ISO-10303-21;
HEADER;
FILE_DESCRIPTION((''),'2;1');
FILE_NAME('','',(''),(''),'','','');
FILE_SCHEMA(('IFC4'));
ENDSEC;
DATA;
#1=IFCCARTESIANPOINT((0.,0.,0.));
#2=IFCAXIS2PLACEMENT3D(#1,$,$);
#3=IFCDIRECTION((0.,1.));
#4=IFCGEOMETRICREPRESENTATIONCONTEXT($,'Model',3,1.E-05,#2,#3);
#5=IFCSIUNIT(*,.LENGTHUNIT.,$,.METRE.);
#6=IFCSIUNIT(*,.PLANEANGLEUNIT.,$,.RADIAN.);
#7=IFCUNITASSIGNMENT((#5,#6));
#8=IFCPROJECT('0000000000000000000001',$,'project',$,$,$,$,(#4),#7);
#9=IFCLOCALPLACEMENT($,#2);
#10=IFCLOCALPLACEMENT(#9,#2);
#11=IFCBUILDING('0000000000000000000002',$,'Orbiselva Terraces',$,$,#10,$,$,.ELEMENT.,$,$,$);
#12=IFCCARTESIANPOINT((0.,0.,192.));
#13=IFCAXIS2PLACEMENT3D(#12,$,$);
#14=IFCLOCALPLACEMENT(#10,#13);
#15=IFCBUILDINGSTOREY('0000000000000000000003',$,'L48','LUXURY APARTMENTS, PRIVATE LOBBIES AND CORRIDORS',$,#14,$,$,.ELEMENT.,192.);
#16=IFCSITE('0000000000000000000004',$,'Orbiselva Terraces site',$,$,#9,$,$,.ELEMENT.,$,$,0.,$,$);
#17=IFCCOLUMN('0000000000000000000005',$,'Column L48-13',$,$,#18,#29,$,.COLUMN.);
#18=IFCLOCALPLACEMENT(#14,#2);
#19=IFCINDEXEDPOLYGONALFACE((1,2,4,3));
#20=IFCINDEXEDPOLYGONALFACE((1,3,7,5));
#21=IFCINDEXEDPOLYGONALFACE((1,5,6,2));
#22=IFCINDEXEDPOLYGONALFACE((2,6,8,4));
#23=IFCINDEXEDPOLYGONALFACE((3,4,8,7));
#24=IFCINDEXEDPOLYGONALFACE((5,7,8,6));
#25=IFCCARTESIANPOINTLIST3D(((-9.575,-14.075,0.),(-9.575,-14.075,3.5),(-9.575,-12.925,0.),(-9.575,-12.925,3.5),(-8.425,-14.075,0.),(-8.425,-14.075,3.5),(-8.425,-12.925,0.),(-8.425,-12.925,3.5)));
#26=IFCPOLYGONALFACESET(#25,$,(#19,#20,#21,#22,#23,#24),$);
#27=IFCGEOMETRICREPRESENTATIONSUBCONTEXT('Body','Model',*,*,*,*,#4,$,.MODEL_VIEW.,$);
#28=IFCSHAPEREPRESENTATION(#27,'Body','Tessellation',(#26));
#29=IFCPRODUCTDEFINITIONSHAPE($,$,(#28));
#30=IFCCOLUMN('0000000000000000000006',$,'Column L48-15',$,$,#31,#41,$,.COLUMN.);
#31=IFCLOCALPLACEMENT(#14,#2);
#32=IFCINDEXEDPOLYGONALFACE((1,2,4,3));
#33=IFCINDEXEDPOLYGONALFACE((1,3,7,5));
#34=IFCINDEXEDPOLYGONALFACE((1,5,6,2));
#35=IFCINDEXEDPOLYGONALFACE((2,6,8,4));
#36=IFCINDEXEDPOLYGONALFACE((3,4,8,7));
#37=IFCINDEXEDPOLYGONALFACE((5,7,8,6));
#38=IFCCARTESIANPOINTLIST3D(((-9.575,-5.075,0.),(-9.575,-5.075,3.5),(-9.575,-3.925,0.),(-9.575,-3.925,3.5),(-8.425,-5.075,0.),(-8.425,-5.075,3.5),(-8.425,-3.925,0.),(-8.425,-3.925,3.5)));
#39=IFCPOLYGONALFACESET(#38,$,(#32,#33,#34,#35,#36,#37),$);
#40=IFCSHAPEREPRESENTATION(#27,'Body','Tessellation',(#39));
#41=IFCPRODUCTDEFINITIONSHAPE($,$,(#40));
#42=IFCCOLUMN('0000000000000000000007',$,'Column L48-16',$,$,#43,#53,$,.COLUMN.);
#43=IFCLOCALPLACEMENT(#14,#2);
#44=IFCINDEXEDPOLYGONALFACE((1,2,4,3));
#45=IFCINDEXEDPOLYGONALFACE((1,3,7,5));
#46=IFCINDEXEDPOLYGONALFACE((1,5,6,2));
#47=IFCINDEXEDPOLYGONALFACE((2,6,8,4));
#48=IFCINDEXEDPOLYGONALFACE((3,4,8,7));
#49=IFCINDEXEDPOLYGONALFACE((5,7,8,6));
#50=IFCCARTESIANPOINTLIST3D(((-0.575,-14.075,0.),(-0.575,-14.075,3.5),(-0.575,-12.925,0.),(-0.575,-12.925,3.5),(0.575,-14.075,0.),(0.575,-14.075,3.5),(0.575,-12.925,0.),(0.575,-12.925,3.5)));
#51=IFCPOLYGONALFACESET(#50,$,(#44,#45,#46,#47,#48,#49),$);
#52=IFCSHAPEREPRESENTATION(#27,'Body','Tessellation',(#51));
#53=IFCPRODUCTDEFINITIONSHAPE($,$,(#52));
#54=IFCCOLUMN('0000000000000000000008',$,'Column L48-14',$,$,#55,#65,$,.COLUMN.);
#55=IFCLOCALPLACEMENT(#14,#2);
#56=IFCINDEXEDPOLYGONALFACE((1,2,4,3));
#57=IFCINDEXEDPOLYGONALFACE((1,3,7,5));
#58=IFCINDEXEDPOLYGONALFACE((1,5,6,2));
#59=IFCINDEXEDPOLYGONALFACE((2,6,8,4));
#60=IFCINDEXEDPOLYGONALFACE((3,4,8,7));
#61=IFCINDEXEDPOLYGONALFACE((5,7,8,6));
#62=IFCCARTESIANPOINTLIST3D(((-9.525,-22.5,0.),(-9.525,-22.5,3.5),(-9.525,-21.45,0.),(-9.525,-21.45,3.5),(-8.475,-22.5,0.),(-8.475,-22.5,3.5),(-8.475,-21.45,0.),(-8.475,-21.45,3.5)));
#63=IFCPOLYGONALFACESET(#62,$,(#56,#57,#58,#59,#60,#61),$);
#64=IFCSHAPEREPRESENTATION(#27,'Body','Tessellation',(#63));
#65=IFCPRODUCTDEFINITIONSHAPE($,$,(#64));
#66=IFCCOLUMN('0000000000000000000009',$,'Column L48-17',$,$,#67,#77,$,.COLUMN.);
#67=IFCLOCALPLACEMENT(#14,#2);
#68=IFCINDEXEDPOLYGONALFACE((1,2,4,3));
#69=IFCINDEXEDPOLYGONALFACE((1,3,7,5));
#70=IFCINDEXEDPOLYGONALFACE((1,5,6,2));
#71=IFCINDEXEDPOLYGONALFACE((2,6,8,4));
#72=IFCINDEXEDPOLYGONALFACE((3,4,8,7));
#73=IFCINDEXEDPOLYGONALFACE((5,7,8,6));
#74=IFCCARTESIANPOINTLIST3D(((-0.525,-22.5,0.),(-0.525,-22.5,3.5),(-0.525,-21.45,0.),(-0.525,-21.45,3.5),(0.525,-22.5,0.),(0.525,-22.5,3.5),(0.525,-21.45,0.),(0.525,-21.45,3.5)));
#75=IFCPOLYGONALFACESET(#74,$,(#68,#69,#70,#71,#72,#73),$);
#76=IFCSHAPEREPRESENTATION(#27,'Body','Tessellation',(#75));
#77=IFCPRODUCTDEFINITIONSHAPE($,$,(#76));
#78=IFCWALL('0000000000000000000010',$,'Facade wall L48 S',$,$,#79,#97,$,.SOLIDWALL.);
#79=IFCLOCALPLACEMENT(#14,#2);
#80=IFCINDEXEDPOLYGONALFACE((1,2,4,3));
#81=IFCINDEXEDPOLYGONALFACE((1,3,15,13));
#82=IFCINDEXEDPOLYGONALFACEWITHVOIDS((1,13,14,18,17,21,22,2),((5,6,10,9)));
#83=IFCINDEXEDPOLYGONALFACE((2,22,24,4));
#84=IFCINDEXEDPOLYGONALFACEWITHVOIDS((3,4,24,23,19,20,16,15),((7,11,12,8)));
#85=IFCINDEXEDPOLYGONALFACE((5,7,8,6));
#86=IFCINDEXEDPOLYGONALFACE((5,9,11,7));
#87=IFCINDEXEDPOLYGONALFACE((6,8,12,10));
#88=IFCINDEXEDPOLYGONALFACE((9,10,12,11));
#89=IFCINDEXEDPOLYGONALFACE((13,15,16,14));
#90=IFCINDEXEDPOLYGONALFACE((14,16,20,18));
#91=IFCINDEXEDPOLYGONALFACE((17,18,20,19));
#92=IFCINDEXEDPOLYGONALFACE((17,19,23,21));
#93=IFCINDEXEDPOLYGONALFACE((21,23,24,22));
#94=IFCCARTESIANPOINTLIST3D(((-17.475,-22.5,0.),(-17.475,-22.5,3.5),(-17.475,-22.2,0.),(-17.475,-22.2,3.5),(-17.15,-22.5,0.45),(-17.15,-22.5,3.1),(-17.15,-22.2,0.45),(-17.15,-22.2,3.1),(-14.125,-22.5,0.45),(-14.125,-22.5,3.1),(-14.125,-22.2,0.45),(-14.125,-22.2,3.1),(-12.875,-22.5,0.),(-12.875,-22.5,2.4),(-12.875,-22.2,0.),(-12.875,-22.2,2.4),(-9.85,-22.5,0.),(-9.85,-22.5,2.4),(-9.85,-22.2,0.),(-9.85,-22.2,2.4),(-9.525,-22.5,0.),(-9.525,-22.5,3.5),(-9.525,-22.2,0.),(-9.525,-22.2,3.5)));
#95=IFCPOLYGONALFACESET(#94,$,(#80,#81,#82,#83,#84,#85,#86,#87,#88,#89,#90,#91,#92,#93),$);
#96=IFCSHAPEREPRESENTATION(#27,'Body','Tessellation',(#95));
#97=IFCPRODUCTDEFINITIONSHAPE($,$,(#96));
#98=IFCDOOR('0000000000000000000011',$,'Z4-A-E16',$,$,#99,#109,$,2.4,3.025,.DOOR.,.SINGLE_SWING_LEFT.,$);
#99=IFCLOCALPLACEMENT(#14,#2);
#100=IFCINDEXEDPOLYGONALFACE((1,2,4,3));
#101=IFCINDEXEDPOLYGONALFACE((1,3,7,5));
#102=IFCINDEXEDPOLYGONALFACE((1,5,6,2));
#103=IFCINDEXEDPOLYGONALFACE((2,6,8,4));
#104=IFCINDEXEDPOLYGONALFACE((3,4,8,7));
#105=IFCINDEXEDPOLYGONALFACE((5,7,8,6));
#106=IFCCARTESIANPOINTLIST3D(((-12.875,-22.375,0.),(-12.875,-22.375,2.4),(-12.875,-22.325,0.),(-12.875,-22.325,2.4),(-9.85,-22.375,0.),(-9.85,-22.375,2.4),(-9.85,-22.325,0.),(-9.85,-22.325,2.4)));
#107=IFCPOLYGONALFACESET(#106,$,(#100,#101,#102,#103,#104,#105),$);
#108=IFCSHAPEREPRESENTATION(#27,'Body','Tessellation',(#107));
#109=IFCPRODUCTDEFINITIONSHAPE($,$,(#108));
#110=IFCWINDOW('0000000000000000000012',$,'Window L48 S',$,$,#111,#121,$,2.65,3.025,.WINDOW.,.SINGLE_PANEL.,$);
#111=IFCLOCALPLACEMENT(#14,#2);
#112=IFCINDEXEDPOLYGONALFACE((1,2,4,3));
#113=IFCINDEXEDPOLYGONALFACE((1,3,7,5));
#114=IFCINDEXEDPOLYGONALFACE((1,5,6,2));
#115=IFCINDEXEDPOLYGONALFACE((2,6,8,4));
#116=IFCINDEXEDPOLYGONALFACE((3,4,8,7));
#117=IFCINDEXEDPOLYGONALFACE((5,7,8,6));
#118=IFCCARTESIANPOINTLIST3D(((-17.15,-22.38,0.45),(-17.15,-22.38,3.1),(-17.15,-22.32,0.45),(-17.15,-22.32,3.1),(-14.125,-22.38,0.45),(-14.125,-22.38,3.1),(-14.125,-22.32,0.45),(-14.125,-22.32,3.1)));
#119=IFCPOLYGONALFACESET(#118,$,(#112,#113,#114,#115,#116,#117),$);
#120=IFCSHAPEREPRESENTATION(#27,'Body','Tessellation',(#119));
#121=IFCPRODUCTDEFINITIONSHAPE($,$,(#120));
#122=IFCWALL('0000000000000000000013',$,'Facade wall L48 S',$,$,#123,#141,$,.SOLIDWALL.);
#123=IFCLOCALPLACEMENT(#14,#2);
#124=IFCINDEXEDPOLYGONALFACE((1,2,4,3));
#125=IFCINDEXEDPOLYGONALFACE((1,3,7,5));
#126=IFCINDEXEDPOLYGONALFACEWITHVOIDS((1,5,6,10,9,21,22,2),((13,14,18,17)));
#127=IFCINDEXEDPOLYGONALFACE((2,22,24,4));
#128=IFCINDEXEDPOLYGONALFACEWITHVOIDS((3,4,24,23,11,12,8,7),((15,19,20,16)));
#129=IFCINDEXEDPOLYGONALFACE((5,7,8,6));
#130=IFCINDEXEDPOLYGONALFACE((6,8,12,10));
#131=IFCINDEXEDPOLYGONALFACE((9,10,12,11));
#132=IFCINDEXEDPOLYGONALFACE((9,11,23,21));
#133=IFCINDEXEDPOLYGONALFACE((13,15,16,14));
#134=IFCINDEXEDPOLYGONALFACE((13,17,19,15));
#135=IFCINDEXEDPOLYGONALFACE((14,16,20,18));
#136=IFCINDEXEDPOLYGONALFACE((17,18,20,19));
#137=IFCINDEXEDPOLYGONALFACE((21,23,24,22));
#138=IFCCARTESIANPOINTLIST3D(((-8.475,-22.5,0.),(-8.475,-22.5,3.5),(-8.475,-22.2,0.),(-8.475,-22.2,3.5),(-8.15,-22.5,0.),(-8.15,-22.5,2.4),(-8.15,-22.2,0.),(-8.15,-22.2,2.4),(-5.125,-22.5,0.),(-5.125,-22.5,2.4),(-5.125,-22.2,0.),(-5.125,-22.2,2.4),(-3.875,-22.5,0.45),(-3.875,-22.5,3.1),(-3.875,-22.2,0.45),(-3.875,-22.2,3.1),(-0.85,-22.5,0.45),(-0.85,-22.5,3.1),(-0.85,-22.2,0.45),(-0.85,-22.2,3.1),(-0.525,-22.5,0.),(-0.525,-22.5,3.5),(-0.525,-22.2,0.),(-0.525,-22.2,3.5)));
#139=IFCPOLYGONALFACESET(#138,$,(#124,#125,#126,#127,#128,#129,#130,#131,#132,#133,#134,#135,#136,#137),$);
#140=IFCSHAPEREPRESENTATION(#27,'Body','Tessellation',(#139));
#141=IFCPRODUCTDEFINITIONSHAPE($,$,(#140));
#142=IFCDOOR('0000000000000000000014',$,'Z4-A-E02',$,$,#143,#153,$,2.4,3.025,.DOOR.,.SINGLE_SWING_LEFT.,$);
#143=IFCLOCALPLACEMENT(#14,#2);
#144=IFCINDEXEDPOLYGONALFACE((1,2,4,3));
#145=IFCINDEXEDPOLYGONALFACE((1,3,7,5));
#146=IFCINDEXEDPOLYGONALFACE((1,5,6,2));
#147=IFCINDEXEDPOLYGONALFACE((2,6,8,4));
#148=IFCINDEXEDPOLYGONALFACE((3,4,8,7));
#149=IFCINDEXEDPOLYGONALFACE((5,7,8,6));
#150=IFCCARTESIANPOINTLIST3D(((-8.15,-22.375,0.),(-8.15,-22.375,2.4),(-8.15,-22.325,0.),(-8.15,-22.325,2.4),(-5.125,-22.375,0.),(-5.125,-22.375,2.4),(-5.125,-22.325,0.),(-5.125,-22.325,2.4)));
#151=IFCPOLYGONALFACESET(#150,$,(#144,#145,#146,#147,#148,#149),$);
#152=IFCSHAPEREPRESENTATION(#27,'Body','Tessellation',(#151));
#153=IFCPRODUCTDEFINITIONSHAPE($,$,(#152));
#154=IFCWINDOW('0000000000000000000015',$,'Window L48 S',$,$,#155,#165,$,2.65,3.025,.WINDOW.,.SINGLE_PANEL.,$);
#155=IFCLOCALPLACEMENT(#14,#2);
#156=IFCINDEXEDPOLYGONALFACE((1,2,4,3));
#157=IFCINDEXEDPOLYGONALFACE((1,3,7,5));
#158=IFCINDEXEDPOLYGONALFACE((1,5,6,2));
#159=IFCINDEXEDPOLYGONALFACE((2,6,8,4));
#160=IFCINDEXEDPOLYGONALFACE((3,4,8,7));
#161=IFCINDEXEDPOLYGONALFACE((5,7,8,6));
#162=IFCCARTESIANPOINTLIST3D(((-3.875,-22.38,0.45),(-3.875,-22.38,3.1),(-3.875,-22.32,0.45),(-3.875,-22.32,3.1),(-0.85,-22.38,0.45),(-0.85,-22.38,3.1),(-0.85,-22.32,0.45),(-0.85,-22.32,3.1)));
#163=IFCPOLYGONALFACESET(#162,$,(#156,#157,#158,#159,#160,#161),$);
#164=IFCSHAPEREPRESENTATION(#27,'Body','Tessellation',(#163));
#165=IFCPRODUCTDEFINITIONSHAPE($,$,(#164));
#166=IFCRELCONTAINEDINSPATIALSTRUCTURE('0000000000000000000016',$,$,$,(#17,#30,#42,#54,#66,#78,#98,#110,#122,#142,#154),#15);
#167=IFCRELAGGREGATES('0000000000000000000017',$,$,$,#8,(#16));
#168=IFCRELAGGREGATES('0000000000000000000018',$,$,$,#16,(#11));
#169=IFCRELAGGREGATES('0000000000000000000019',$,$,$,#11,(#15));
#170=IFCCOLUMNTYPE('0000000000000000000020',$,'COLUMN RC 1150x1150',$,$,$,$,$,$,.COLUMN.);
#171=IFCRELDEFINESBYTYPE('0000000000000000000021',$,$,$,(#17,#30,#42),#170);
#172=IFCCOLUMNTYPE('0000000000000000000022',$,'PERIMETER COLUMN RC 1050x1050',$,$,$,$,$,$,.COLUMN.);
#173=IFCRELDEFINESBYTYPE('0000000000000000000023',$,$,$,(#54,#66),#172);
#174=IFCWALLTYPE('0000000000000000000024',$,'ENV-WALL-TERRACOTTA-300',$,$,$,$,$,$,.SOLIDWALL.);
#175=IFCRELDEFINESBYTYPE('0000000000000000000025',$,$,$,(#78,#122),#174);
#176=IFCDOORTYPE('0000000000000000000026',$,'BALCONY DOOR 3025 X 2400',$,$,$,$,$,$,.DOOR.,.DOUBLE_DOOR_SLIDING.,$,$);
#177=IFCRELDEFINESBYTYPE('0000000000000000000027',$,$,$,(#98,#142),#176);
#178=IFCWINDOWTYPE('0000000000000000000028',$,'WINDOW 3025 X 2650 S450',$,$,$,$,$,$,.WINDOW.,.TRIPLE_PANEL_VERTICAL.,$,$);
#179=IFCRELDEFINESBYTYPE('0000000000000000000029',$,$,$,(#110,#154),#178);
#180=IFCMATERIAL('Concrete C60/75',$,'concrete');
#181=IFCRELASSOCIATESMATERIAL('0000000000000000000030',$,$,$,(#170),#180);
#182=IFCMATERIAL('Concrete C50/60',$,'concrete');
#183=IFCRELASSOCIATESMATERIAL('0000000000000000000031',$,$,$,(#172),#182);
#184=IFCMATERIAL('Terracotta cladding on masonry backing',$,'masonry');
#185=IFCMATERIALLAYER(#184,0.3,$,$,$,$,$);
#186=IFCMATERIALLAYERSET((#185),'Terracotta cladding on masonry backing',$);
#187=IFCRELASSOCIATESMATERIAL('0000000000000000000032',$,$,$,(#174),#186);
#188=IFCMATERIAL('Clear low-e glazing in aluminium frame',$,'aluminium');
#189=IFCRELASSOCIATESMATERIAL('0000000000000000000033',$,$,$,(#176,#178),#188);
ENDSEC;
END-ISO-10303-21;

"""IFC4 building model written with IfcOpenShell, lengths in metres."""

from ifc_helpers import new_model, si_unit, direction, frame, frame_2d, origin, origin_2d, place, context, subcontext, project, spatial, rectangle, extrude, material, layer, layer_set, material_profile, profile_set, type_object, element, fill, save


model = new_model("IFC4")

# Units and contexts
model_context = context("Model", 3, precision=1e-05, world=origin(), true_north=direction((0.0, 1.0)))
body_context = subcontext(model_context, "Body", "Model", "MODEL_VIEW")
ifc_project = project(units=[si_unit("LENGTHUNIT", "METRE"), si_unit("PLANEANGLEUNIT", "RADIAN")], contexts=[model_context])

# Site, building, storey
site_placement = place(None, origin())
site = spatial("IfcSite", under=ifc_project, at=site_placement, Name="Orbiselva Terraces site", CompositionType="ELEMENT", RefElevation=0.0)
building_placement = place(site_placement, origin())
building = spatial("IfcBuilding", under=site, at=building_placement, Name="Orbiselva Terraces", CompositionType="ELEMENT")
storey_placement = place(building_placement, frame((0.0, 0.0, 192.0)))
storey = spatial("IfcBuildingStorey", under=building, at=storey_placement, Name="L48", Description="LUXURY APARTMENTS, PRIVATE LOBBIES AND CORRIDORS", CompositionType="ELEMENT", Elevation=192.0)

# Columns
ifc_material_1 = material(Name="Concrete C60/75", Category="concrete")
ifc_material_profile_1 = material_profile(ifc_material_1, rectangle(XDim=1.15, YDim=1.15, at=origin_2d()), Name="RC 1150x1150")
ifc_profile_set_1 = profile_set([ifc_material_profile_1], Name="Concrete C60/75")
column_type_1 = type_object("IfcColumnType", Name="COLUMN RC 1150x1150", PredefinedType="COLUMN", material=ifc_profile_set_1)
for number, where, z_axis, x_axis, name in (
    (1, (-9.0, -13.5, 0.0), (0.0, 0.0, 1.0), (1.0, 0.0, 0.0), "Column L48-13"),
    (2, (-9.0, -4.5, 0.0), (0.0, 0.0, 1.0), (1.0, 0.0, 0.0), "Column L48-15"),
    (3, (0.0, -13.5, 0.0), (0.0, 0.0, 1.0), (1.0, 0.0, 0.0), "Column L48-16"),
):
    element("IfcColumn", number, at=place(storey_placement, frame(where, z_axis=z_axis, x_axis=x_axis)), inside=storey, type_object=column_type_1, Name=name, PredefinedType="COLUMN", context=body_context, shape_type="SweptSolid", body=[
        extrude(rectangle(XDim=1.15, YDim=1.15, at=origin_2d()), origin(), (0.0, 0.0, 1.0), 3.5),
    ])
ifc_material_2 = material(Name="Concrete C50/60", Category="concrete")
ifc_material_profile_2 = material_profile(ifc_material_2, rectangle(XDim=1.05, YDim=1.05, at=origin_2d()), Name="RC 1050x1050")
ifc_profile_set_2 = profile_set([ifc_material_profile_2], Name="Concrete C50/60")
column_type_2 = type_object("IfcColumnType", Name="PERIMETER COLUMN RC 1050x1050", PredefinedType="COLUMN", material=ifc_profile_set_2)
for number, where, z_axis, x_axis, name in (
    (4, (-9.0, -21.975, 0.0), (0.0, 0.0, 1.0), (1.0, 0.0, 0.0), "Column L48-14"),
    (5, (0.0, -21.975, 0.0), (0.0, 0.0, 1.0), (1.0, 0.0, 0.0), "Column L48-17"),
):
    element("IfcColumn", number, at=place(storey_placement, frame(where, z_axis=z_axis, x_axis=x_axis)), inside=storey, type_object=column_type_2, Name=name, PredefinedType="COLUMN", context=body_context, shape_type="SweptSolid", body=[
        extrude(rectangle(XDim=1.05, YDim=1.05, at=origin_2d()), origin(), (0.0, 0.0, 1.0), 3.5),
    ])

# Walls, openings, doors, windows
ifc_material_3 = material(Name="Terracotta cladding on masonry backing", Category="masonry")
ifc_layer_1 = layer(ifc_material_3, 0.3)
ifc_layer_set_1 = layer_set([ifc_layer_1], Name="Terracotta cladding on masonry backing")
wall_type_1 = type_object("IfcWallType", Name="ENV-WALL-TERRACOTTA-300", PredefinedType="SOLIDWALL", material=ifc_layer_set_1)
wall_1_placement = place(storey_placement, frame((-9.525, -22.35, 0.0), z_axis=(0.0, 0.0, 1.0), x_axis=(-1.0, 0.0, 0.0)))
wall_1 = element("IfcWall", 6, at=wall_1_placement, inside=storey, type_object=wall_type_1, Name="Facade wall L48 S", PredefinedType="SOLIDWALL", context=body_context, shape_type="SweptSolid", body=[
    extrude(rectangle(XDim=7.95, YDim=0.3, at=frame_2d((3.975, 0.0))), origin(), (0.0, 0.0, 1.0), 3.5),
])
opening_1_placement = place(wall_1_placement, frame((4.6, 0.0, 0.45)))
opening_1 = element("IfcOpeningElement", 7, at=opening_1_placement, cuts=wall_1, PredefinedType="OPENING", context=body_context, shape_type="SweptSolid", body=[
    extrude(rectangle(XDim=3.025, YDim=2.65, at=frame_2d((1.5125, 1.325))), frame((0.0, 0.16, 0.0), z_axis=(0.0, -1.0, 0.0), x_axis=(1.0, 0.0, 0.0)), (0.0, 0.0, 1.0), 0.32),
])
opening_2_placement = place(wall_1_placement, frame((0.325, 0.0, 0.0)))
opening_2 = element("IfcOpeningElement", 8, at=opening_2_placement, cuts=wall_1, PredefinedType="OPENING", context=body_context, shape_type="SweptSolid", body=[
    extrude(rectangle(XDim=3.025, YDim=2.4, at=frame_2d((1.5125, 1.2))), frame((0.0, 0.16, 0.0), z_axis=(0.0, -1.0, 0.0), x_axis=(1.0, 0.0, 0.0)), (0.0, 0.0, 1.0), 0.32),
])
ifc_material_4 = material(Name="Clear low-e glazing in aluminium frame", Category="aluminium")
door_type_1 = type_object("IfcDoorType", Name="BALCONY DOOR 3025 X 2400", OperationType="DOUBLE_DOOR_SLIDING", PredefinedType="DOOR", material=ifc_material_4)
door_1_placement = place(opening_2_placement, origin())
door_1 = element("IfcDoor", 9, at=door_1_placement, inside=storey, type_object=door_type_1, Name="Z4-A-E16", OperationType="SINGLE_SWING_LEFT", OverallHeight=2.4, OverallWidth=3.025, PredefinedType="DOOR", context=body_context, shape_type="SweptSolid", body=[
    extrude(rectangle(XDim=3.025, YDim=2.4, at=frame_2d((1.5125, 1.2))), frame((0.0, 0.025, 0.0), z_axis=(0.0, -1.0, 0.0), x_axis=(1.0, 0.0, 0.0)), (0.0, 0.0, 1.0), 0.05),
])
fill(opening_2, door_1)
window_type = type_object("IfcWindowType", Name="WINDOW 3025 X 2650 S450", PartitioningType="TRIPLE_PANEL_VERTICAL", PredefinedType="WINDOW", material=ifc_material_4)
window_1_placement = place(opening_1_placement, origin())
window_1 = element("IfcWindow", 10, at=window_1_placement, inside=storey, type_object=window_type, Name="Window L48 S", OverallHeight=2.65, OverallWidth=3.025, PartitioningType="SINGLE_PANEL", PredefinedType="WINDOW", context=body_context, shape_type="SweptSolid", body=[
    extrude(rectangle(XDim=3.025, YDim=2.65, at=frame_2d((1.5125, 1.325))), frame((0.0, 0.03, 0.0), z_axis=(0.0, -1.0, 0.0), x_axis=(1.0, 0.0, 0.0)), (0.0, 0.0, 1.0), 0.06),
])
fill(opening_1, window_1)
wall_2_placement = place(storey_placement, frame((-0.525, -22.35, 0.0), z_axis=(0.0, 0.0, 1.0), x_axis=(-1.0, 0.0, 0.0)))
wall_2 = element("IfcWall", 11, at=wall_2_placement, inside=storey, type_object=wall_type_1, Name="Facade wall L48 S", PredefinedType="SOLIDWALL", context=body_context, shape_type="SweptSolid", body=[
    extrude(rectangle(XDim=7.95, YDim=0.3, at=frame_2d((3.975, 0.0))), origin(), (0.0, 0.0, 1.0), 3.5),
])
opening_3_placement = place(wall_2_placement, frame((4.6, 0.0, 0.0)))
opening_3 = element("IfcOpeningElement", 12, at=opening_3_placement, cuts=wall_2, PredefinedType="OPENING", context=body_context, shape_type="SweptSolid", body=[
    extrude(rectangle(XDim=3.025, YDim=2.4, at=frame_2d((1.5125, 1.2))), frame((0.0, 0.16, 0.0), z_axis=(0.0, -1.0, 0.0), x_axis=(1.0, 0.0, 0.0)), (0.0, 0.0, 1.0), 0.32),
])
opening_4_placement = place(wall_2_placement, frame((0.325, 0.0, 0.45)))
opening_4 = element("IfcOpeningElement", 13, at=opening_4_placement, cuts=wall_2, PredefinedType="OPENING", context=body_context, shape_type="SweptSolid", body=[
    extrude(rectangle(XDim=3.025, YDim=2.65, at=frame_2d((1.5125, 1.325))), frame((0.0, 0.16, 0.0), z_axis=(0.0, -1.0, 0.0), x_axis=(1.0, 0.0, 0.0)), (0.0, 0.0, 1.0), 0.32),
])
door_2_placement = place(opening_3_placement, origin())
door_2 = element("IfcDoor", 14, at=door_2_placement, inside=storey, type_object=door_type_1, Name="Z4-A-E02", OperationType="SINGLE_SWING_LEFT", OverallHeight=2.4, OverallWidth=3.025, PredefinedType="DOOR", context=body_context, shape_type="SweptSolid", body=[
    extrude(rectangle(XDim=3.025, YDim=2.4, at=frame_2d((1.5125, 1.2))), frame((0.0, 0.025, 0.0), z_axis=(0.0, -1.0, 0.0), x_axis=(1.0, 0.0, 0.0)), (0.0, 0.0, 1.0), 0.05),
])
fill(opening_3, door_2)
window_2_placement = place(opening_4_placement, origin())
window_2 = element("IfcWindow", 15, at=window_2_placement, inside=storey, type_object=window_type, Name="Window L48 S", OverallHeight=2.65, OverallWidth=3.025, PartitioningType="SINGLE_PANEL", PredefinedType="WINDOW", context=body_context, shape_type="SweptSolid", body=[
    extrude(rectangle(XDim=3.025, YDim=2.65, at=frame_2d((1.5125, 1.325))), frame((0.0, 0.03, 0.0), z_axis=(0.0, -1.0, 0.0), x_axis=(1.0, 0.0, 0.0)), (0.0, 0.0, 1.0), 0.06),
])
fill(opening_4, window_2)

save(model, "model.ifc")
